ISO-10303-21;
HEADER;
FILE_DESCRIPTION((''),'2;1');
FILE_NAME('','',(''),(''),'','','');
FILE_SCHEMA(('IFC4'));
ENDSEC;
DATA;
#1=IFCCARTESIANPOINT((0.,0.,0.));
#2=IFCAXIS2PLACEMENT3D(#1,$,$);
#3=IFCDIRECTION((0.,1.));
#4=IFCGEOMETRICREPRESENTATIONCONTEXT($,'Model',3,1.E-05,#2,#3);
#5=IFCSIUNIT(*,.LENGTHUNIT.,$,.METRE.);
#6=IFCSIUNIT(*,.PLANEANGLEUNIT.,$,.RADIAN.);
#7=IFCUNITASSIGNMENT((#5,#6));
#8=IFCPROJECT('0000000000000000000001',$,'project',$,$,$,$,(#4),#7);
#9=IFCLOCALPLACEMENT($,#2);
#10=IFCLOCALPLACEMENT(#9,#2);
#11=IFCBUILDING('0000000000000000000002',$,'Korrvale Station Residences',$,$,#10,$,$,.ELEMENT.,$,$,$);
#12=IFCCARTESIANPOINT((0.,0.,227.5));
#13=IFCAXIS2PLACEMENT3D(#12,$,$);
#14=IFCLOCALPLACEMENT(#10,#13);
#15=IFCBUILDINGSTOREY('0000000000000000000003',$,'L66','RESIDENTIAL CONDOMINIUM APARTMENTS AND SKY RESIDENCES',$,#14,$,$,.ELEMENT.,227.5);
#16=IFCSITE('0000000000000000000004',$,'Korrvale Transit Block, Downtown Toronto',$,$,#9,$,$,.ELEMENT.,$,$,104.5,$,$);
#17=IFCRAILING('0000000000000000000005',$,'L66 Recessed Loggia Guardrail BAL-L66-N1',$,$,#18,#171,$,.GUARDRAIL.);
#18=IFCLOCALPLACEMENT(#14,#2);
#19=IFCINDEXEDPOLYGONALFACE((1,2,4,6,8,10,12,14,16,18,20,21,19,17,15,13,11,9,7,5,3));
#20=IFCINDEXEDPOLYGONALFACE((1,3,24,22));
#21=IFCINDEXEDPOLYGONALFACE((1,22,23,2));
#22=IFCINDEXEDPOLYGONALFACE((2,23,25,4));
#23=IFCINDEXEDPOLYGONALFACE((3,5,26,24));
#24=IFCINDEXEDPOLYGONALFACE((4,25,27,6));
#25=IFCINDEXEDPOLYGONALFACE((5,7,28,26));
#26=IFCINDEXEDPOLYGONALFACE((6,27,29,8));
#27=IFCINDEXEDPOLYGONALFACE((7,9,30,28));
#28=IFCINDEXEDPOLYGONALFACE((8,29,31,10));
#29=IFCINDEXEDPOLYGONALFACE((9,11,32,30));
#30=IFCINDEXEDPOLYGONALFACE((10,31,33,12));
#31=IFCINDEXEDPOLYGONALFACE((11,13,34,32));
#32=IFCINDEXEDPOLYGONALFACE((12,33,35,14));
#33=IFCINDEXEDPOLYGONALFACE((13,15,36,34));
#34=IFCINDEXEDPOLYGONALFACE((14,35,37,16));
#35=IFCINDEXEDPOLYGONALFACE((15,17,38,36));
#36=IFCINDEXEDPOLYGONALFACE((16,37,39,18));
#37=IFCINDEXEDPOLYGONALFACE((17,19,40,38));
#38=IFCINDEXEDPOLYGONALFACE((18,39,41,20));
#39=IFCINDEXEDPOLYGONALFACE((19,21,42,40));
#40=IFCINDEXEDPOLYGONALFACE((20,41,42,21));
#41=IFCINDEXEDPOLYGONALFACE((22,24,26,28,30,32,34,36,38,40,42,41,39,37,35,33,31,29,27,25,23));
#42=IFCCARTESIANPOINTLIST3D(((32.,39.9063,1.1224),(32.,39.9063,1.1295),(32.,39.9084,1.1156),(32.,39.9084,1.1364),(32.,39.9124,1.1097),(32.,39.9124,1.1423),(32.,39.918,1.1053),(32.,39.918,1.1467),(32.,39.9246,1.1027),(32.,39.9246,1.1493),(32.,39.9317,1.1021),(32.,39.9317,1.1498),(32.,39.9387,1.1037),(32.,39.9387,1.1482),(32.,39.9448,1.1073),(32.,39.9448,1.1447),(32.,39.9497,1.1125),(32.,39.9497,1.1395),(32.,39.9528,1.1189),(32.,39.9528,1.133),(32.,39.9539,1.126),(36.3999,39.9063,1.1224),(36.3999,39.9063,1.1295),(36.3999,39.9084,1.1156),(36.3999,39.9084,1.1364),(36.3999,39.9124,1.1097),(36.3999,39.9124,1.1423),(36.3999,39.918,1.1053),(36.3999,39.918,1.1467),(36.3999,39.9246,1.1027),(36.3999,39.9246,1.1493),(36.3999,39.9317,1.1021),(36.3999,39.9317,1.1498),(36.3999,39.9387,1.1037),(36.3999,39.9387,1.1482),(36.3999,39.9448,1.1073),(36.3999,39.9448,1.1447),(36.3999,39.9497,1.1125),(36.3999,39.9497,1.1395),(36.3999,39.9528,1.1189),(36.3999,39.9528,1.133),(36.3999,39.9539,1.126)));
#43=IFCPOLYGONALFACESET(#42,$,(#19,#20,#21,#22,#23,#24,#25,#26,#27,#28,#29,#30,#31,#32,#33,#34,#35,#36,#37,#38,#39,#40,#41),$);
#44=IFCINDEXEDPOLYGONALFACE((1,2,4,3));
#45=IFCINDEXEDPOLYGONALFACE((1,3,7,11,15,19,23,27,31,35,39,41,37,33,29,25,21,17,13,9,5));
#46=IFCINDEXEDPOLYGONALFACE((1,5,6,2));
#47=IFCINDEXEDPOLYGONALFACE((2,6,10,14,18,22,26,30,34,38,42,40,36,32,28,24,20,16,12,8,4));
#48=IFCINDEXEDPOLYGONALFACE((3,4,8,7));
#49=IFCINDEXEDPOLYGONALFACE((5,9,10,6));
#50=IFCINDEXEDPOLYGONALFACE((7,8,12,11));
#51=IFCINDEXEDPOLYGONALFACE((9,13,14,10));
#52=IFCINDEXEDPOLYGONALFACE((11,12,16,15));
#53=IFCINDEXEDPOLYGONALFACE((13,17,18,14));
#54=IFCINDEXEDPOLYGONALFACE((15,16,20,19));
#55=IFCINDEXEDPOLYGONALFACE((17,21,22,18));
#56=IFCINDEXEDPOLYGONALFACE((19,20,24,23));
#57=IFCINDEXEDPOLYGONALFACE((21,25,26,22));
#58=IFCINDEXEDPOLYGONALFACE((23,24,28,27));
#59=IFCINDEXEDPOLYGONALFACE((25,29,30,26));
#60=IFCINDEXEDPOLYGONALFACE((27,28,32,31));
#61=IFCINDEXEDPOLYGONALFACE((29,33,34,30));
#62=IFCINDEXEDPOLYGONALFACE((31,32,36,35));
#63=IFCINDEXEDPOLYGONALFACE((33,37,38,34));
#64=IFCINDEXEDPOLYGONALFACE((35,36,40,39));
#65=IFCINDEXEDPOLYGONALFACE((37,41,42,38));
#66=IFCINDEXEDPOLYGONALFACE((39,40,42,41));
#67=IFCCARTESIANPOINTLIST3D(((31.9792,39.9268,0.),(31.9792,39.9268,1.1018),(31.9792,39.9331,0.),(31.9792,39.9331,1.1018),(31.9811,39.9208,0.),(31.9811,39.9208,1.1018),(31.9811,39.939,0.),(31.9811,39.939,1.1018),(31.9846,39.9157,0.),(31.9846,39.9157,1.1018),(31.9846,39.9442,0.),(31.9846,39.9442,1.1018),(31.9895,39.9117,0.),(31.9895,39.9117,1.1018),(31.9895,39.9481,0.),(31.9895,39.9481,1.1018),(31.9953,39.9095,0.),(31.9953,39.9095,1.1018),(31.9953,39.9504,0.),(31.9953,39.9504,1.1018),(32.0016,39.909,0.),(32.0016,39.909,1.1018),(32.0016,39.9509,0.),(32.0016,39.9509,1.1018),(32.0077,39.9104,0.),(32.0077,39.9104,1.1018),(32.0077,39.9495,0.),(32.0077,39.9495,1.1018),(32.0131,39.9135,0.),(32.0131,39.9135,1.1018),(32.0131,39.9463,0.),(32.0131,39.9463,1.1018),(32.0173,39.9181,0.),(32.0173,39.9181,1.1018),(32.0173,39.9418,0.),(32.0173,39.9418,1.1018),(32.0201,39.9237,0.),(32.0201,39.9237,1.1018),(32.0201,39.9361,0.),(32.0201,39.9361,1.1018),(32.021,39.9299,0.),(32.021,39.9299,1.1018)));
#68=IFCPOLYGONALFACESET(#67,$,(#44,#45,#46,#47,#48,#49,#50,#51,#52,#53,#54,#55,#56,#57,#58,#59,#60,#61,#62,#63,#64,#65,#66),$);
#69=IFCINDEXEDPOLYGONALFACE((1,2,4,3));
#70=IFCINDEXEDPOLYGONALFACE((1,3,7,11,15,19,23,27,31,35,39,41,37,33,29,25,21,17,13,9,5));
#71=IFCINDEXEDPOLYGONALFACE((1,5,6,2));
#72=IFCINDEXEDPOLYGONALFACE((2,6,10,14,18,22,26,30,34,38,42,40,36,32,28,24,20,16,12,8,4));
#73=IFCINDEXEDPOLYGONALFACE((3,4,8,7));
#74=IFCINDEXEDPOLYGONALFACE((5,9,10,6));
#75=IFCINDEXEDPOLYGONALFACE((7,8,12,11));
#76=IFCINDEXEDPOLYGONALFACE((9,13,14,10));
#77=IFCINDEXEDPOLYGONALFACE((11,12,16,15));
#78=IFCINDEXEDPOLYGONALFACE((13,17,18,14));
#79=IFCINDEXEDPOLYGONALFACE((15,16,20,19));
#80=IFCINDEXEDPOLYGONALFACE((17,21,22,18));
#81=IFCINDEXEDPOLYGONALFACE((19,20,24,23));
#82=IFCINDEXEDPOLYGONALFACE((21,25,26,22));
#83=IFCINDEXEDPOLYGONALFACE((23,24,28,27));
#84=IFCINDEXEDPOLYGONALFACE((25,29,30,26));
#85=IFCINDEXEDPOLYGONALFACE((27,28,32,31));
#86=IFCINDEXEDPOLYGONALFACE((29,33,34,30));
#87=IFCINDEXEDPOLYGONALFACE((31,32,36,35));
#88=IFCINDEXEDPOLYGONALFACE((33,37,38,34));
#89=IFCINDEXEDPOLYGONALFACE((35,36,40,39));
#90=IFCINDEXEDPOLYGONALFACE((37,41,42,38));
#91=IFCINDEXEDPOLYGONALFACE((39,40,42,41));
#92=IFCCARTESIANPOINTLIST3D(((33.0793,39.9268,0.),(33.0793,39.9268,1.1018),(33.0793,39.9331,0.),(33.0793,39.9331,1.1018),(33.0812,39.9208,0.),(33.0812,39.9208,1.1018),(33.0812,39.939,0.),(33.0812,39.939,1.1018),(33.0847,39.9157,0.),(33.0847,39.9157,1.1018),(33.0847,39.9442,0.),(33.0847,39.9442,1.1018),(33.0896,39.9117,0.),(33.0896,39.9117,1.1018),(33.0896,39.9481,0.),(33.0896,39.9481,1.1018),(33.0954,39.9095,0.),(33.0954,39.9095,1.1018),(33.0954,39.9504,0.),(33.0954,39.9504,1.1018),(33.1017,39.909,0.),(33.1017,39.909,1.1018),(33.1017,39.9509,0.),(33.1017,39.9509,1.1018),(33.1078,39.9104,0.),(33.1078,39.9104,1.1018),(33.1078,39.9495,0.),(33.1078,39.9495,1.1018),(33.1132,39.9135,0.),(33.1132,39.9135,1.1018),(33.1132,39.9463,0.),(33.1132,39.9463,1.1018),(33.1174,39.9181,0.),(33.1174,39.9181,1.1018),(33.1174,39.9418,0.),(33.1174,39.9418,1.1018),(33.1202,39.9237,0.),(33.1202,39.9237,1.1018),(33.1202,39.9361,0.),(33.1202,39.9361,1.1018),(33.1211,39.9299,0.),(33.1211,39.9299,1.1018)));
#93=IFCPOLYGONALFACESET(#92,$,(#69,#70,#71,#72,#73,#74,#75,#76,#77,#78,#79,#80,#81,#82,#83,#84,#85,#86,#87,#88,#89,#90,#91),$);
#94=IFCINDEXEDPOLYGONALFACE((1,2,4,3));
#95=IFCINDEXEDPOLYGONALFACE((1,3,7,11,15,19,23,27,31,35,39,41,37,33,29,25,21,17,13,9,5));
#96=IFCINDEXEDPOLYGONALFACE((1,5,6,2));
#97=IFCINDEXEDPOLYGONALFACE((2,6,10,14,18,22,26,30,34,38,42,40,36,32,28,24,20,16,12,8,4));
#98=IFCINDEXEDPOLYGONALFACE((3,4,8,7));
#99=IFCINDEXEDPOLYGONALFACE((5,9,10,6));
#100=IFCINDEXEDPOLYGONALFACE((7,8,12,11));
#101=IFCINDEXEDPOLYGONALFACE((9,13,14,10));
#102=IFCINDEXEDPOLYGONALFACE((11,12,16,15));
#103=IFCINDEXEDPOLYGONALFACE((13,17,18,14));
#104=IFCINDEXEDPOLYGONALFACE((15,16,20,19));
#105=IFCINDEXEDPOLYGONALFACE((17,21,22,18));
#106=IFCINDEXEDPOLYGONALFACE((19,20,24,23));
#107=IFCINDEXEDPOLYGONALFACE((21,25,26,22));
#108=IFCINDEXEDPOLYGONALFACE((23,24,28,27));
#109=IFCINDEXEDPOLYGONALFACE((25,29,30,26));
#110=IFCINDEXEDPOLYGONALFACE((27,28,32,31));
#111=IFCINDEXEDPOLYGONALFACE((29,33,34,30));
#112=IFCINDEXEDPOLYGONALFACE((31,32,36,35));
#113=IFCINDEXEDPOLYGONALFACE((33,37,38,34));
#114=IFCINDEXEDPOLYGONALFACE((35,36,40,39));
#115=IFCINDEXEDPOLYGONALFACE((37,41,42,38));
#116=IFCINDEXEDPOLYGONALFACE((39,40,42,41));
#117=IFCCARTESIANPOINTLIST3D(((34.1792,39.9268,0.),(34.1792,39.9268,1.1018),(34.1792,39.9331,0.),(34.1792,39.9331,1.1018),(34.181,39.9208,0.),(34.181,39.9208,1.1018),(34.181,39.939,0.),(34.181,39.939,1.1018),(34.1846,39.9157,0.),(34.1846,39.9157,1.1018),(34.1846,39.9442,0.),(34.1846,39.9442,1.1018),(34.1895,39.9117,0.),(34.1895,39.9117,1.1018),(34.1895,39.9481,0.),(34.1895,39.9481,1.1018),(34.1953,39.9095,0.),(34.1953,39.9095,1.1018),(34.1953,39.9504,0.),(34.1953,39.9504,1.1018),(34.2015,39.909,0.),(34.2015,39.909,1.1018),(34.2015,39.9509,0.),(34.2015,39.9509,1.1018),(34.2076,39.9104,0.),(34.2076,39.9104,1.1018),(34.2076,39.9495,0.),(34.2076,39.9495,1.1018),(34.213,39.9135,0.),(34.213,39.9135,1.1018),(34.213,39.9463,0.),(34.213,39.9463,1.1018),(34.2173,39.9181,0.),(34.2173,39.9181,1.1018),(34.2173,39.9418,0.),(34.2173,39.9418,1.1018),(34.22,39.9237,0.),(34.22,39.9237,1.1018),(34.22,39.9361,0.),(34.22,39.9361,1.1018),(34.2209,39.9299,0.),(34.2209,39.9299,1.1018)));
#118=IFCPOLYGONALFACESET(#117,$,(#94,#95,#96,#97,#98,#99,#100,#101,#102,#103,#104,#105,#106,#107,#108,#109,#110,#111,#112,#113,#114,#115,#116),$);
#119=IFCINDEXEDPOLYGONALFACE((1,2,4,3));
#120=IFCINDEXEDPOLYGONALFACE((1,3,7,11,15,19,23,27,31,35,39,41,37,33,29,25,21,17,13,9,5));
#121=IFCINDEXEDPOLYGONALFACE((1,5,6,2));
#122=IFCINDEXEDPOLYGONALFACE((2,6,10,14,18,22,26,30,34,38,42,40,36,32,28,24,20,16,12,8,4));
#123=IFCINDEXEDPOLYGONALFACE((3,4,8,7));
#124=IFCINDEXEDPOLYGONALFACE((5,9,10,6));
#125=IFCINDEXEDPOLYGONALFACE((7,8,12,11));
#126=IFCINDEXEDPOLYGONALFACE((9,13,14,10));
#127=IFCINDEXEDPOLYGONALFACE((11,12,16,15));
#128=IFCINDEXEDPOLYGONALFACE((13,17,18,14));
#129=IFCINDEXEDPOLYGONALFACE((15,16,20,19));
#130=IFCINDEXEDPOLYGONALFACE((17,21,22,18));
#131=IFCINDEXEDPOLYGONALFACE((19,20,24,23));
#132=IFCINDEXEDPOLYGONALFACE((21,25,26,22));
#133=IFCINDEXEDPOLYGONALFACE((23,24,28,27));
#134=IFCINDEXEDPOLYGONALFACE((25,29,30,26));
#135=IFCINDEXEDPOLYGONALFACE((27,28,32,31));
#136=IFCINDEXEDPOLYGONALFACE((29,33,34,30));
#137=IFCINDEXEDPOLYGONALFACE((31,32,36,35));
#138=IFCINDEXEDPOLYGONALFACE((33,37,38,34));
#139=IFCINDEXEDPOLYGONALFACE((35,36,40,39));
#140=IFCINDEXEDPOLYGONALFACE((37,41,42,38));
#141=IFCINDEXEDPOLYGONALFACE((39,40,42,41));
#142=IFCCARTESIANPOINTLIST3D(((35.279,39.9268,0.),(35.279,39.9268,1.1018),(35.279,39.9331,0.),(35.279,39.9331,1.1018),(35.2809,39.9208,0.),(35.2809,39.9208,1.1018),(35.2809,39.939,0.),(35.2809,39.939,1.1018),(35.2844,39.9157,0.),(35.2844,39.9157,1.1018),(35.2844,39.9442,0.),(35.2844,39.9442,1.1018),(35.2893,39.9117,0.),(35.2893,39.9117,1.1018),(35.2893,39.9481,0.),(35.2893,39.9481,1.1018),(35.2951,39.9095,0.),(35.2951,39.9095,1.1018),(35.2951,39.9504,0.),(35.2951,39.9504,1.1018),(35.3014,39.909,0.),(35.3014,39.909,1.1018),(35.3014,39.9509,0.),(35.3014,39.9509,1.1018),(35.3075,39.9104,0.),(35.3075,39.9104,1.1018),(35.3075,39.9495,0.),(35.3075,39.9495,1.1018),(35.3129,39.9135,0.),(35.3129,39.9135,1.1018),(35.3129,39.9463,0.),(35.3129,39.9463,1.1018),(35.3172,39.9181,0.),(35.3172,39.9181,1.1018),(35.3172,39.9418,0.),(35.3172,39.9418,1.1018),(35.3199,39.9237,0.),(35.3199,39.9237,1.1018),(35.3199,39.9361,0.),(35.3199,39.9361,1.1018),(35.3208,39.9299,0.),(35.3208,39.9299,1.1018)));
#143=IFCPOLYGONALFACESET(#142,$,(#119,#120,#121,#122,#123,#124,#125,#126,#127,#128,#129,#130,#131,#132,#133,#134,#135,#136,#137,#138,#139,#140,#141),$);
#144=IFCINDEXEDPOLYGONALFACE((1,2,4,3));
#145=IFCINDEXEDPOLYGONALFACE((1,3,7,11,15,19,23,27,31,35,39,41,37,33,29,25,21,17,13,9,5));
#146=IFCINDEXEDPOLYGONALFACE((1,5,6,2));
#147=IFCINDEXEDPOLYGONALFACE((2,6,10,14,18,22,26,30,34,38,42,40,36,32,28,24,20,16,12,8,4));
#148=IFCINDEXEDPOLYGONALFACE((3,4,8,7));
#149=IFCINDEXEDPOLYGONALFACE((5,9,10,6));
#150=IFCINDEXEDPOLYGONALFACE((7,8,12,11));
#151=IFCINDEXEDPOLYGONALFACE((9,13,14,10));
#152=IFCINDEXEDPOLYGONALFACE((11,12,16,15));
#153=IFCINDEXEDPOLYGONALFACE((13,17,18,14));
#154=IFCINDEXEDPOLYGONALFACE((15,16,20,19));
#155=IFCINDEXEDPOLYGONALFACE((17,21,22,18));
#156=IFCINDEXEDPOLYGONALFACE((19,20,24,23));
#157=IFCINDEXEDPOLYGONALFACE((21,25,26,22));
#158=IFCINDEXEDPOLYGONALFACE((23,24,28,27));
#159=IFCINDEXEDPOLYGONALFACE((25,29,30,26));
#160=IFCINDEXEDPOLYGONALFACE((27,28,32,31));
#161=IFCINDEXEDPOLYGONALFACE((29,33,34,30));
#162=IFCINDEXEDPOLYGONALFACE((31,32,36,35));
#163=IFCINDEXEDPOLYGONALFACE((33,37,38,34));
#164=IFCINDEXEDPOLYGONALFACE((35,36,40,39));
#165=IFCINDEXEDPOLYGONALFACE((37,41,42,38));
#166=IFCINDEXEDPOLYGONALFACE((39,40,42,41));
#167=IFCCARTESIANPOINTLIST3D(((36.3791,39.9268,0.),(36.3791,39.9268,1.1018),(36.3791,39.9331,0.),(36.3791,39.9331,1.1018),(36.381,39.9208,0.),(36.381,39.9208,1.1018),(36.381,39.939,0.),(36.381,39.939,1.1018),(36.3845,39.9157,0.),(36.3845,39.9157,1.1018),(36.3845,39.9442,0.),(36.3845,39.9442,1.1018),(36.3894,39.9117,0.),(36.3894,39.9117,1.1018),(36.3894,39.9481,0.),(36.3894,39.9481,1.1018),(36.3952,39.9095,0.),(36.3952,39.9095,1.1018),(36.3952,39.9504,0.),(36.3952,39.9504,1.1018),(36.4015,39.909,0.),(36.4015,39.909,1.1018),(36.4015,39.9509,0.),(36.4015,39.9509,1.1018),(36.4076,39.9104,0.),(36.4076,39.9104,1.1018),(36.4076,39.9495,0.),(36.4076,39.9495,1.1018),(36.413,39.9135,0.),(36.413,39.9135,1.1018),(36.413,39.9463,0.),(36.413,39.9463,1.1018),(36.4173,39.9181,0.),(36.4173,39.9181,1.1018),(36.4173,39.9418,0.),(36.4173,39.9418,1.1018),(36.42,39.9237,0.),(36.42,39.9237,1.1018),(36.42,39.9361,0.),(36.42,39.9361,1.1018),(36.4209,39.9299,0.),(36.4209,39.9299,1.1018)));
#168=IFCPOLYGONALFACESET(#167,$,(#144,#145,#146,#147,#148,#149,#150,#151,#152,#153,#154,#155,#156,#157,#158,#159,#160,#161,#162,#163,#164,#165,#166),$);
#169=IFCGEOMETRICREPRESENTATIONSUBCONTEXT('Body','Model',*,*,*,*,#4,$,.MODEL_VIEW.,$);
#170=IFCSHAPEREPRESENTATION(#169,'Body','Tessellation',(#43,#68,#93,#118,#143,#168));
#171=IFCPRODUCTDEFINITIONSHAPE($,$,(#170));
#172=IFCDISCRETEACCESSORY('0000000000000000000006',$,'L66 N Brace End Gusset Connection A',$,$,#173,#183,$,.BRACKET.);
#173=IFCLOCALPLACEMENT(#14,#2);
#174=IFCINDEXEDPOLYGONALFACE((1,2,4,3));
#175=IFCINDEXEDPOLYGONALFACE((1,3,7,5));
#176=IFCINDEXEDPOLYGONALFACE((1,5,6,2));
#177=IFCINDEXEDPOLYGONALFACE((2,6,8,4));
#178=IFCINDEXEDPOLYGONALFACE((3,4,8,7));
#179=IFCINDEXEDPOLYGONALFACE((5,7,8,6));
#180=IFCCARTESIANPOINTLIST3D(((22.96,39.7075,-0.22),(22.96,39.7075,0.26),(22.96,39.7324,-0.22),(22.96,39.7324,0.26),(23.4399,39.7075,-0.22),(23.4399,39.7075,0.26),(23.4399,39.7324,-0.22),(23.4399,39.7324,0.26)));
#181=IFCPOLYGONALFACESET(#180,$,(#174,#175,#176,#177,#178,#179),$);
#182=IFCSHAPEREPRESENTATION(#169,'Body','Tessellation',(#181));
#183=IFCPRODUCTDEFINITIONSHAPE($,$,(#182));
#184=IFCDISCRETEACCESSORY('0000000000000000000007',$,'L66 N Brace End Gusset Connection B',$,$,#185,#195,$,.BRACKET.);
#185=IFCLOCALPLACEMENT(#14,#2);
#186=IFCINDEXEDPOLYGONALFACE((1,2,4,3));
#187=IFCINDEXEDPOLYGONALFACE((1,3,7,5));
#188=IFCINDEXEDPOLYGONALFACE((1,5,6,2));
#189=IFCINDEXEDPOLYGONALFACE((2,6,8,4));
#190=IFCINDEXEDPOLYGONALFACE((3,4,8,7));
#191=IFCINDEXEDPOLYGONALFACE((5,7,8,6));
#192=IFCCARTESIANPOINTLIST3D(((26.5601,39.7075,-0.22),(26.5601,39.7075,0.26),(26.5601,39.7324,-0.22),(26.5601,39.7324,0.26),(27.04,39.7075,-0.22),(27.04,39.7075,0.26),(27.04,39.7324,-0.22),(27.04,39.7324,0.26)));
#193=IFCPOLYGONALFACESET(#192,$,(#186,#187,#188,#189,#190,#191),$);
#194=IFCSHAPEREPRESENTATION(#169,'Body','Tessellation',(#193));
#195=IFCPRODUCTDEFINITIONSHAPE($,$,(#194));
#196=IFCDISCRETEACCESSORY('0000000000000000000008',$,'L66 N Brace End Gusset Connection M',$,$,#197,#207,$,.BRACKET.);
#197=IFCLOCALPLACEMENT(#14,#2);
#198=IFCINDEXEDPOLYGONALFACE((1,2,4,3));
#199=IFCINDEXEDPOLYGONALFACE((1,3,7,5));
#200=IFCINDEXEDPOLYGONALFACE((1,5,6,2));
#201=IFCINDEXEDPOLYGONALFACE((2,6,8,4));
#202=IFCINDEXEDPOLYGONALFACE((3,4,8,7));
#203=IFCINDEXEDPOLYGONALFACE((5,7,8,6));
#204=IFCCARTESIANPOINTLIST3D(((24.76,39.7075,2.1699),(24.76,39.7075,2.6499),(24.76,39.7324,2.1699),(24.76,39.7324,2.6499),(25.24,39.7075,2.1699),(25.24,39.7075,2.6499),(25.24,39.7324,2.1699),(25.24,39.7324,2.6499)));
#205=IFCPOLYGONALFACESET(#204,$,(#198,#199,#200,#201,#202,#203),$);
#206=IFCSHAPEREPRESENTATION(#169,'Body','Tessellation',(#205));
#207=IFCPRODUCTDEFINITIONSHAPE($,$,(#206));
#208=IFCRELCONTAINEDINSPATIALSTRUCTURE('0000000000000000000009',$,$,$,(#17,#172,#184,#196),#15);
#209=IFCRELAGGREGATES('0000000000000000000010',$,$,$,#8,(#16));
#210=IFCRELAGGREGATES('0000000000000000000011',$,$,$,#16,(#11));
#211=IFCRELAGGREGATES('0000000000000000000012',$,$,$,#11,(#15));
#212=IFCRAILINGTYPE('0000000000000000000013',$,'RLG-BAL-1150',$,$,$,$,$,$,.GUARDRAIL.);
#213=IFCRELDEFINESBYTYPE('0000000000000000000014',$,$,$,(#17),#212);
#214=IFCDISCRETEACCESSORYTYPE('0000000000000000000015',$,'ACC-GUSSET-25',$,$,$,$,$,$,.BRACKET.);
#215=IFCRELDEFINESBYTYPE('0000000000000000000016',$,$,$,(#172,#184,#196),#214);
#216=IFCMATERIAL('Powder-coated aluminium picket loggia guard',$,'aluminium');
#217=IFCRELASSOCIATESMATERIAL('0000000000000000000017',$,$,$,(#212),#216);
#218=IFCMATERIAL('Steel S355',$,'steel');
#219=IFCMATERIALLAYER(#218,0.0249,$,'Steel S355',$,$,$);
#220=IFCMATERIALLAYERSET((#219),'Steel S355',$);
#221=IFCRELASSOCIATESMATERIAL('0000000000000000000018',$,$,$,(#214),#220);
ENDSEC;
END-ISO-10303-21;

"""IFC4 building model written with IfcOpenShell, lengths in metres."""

from ifc_helpers import new_model, si_unit, direction, frame, origin, origin_2d, place, context, subcontext, project, spatial, rectangle, circle, extrude, material, layer, layer_set, type_object, element, save


model = new_model("IFC4")

# Units and contexts
model_context = context("Model", 3, precision=1e-05, world=origin(), true_north=direction((0.0, 1.0)))
body_context = subcontext(model_context, "Body", "Model", "MODEL_VIEW")
ifc_project = project(units=[si_unit("LENGTHUNIT", "METRE"), si_unit("PLANEANGLEUNIT", "RADIAN")], contexts=[model_context])

# Site, building, storey
site_placement = place(None, origin())
site = spatial("IfcSite", under=ifc_project, at=site_placement, Name="Korrvale Transit Block, Downtown Toronto", CompositionType="ELEMENT", RefElevation=104.5)
building_placement = place(site_placement, origin())
building = spatial("IfcBuilding", under=site, at=building_placement, Name="Korrvale Station Residences", CompositionType="ELEMENT")
storey_placement = place(building_placement, frame((0.0, 0.0, 227.5)))
storey = spatial("IfcBuildingStorey", under=building, at=storey_placement, Name="L66", Description="RESIDENTIAL CONDOMINIUM APARTMENTS AND SKY RESIDENCES", CompositionType="ELEMENT", Elevation=227.5)

# Shared definitions
ifc_material_1 = material(Name="Steel S355", Category="steel")

# Railing
ifc_material_2 = material(Name="Powder-coated aluminium picket loggia guard", Category="aluminium")
railing_type = type_object("IfcRailingType", Name="RLG-BAL-1150", PredefinedType="GUARDRAIL", material=ifc_material_2)
railing_placement = place(storey_placement, frame((32.0, 39.9299, 0.0)))
element("IfcRailing", 1, at=railing_placement, inside=storey, type_object=railing_type, Name="L66 Recessed Loggia Guardrail BAL-L66-N1", PredefinedType="GUARDRAIL", context=body_context, shape_type="SweptSolid", body=[
    extrude(circle(Radius=0.0239, at=origin_2d()), frame((0.0, 0.0, 1.126), z_axis=(1.0, 0.0, 0.0), x_axis=(0.0, 1.0, 0.0)), (0.0, 0.0, 1.0), 4.3999),
    extrude(circle(Radius=0.021, at=origin_2d()), origin(), (0.0, 0.0, 1.0), 1.1018),
    extrude(circle(Radius=0.021, at=origin_2d()), frame((1.1001, 0.0, 0.0)), (0.0, 0.0, 1.0), 1.1018),
    extrude(circle(Radius=0.021, at=origin_2d()), frame((2.2, 0.0, 0.0)), (0.0, 0.0, 1.0), 1.1018),
    extrude(circle(Radius=0.021, at=origin_2d()), frame((3.2998, 0.0, 0.0)), (0.0, 0.0, 1.0), 1.1018),
    extrude(circle(Radius=0.021, at=origin_2d()), frame((4.3999, 0.0, 0.0)), (0.0, 0.0, 1.0), 1.1018),
])

# Discrete accessories
ifc_layer_1 = layer(ifc_material_1, 0.0249, Name="Steel S355")
ifc_layer_set_1 = layer_set([ifc_layer_1], Name="Steel S355")
discrete_accessory_type = type_object("IfcDiscreteAccessoryType", Name="ACC-GUSSET-25", PredefinedType="BRACKET", material=ifc_layer_set_1)
for number, where, z_axis, x_axis, name in (
    (2, (23.2, 39.72, -0.22), (0.0, 0.0, 1.0), (1.0, 0.0, 0.0), "L66 N Brace End Gusset Connection A"),
    (3, (26.8, 39.72, -0.22), (0.0, 0.0, 1.0), (1.0, 0.0, 0.0), "L66 N Brace End Gusset Connection B"),
    (4, (25.0, 39.72, 2.1699), (0.0, 0.0, 1.0), (1.0, 0.0, 0.0), "L66 N Brace End Gusset Connection M"),
):
    element("IfcDiscreteAccessory", number, at=place(storey_placement, frame(where, z_axis=z_axis, x_axis=x_axis)), inside=storey, type_object=discrete_accessory_type, Name=name, PredefinedType="BRACKET", context=body_context, shape_type="SweptSolid", body=[
        extrude(rectangle(XDim=0.48, YDim=0.0249, at=origin_2d()), origin(), (0.0, 0.0, 1.0), 0.48),
    ])

save(model, "model.ifc")
